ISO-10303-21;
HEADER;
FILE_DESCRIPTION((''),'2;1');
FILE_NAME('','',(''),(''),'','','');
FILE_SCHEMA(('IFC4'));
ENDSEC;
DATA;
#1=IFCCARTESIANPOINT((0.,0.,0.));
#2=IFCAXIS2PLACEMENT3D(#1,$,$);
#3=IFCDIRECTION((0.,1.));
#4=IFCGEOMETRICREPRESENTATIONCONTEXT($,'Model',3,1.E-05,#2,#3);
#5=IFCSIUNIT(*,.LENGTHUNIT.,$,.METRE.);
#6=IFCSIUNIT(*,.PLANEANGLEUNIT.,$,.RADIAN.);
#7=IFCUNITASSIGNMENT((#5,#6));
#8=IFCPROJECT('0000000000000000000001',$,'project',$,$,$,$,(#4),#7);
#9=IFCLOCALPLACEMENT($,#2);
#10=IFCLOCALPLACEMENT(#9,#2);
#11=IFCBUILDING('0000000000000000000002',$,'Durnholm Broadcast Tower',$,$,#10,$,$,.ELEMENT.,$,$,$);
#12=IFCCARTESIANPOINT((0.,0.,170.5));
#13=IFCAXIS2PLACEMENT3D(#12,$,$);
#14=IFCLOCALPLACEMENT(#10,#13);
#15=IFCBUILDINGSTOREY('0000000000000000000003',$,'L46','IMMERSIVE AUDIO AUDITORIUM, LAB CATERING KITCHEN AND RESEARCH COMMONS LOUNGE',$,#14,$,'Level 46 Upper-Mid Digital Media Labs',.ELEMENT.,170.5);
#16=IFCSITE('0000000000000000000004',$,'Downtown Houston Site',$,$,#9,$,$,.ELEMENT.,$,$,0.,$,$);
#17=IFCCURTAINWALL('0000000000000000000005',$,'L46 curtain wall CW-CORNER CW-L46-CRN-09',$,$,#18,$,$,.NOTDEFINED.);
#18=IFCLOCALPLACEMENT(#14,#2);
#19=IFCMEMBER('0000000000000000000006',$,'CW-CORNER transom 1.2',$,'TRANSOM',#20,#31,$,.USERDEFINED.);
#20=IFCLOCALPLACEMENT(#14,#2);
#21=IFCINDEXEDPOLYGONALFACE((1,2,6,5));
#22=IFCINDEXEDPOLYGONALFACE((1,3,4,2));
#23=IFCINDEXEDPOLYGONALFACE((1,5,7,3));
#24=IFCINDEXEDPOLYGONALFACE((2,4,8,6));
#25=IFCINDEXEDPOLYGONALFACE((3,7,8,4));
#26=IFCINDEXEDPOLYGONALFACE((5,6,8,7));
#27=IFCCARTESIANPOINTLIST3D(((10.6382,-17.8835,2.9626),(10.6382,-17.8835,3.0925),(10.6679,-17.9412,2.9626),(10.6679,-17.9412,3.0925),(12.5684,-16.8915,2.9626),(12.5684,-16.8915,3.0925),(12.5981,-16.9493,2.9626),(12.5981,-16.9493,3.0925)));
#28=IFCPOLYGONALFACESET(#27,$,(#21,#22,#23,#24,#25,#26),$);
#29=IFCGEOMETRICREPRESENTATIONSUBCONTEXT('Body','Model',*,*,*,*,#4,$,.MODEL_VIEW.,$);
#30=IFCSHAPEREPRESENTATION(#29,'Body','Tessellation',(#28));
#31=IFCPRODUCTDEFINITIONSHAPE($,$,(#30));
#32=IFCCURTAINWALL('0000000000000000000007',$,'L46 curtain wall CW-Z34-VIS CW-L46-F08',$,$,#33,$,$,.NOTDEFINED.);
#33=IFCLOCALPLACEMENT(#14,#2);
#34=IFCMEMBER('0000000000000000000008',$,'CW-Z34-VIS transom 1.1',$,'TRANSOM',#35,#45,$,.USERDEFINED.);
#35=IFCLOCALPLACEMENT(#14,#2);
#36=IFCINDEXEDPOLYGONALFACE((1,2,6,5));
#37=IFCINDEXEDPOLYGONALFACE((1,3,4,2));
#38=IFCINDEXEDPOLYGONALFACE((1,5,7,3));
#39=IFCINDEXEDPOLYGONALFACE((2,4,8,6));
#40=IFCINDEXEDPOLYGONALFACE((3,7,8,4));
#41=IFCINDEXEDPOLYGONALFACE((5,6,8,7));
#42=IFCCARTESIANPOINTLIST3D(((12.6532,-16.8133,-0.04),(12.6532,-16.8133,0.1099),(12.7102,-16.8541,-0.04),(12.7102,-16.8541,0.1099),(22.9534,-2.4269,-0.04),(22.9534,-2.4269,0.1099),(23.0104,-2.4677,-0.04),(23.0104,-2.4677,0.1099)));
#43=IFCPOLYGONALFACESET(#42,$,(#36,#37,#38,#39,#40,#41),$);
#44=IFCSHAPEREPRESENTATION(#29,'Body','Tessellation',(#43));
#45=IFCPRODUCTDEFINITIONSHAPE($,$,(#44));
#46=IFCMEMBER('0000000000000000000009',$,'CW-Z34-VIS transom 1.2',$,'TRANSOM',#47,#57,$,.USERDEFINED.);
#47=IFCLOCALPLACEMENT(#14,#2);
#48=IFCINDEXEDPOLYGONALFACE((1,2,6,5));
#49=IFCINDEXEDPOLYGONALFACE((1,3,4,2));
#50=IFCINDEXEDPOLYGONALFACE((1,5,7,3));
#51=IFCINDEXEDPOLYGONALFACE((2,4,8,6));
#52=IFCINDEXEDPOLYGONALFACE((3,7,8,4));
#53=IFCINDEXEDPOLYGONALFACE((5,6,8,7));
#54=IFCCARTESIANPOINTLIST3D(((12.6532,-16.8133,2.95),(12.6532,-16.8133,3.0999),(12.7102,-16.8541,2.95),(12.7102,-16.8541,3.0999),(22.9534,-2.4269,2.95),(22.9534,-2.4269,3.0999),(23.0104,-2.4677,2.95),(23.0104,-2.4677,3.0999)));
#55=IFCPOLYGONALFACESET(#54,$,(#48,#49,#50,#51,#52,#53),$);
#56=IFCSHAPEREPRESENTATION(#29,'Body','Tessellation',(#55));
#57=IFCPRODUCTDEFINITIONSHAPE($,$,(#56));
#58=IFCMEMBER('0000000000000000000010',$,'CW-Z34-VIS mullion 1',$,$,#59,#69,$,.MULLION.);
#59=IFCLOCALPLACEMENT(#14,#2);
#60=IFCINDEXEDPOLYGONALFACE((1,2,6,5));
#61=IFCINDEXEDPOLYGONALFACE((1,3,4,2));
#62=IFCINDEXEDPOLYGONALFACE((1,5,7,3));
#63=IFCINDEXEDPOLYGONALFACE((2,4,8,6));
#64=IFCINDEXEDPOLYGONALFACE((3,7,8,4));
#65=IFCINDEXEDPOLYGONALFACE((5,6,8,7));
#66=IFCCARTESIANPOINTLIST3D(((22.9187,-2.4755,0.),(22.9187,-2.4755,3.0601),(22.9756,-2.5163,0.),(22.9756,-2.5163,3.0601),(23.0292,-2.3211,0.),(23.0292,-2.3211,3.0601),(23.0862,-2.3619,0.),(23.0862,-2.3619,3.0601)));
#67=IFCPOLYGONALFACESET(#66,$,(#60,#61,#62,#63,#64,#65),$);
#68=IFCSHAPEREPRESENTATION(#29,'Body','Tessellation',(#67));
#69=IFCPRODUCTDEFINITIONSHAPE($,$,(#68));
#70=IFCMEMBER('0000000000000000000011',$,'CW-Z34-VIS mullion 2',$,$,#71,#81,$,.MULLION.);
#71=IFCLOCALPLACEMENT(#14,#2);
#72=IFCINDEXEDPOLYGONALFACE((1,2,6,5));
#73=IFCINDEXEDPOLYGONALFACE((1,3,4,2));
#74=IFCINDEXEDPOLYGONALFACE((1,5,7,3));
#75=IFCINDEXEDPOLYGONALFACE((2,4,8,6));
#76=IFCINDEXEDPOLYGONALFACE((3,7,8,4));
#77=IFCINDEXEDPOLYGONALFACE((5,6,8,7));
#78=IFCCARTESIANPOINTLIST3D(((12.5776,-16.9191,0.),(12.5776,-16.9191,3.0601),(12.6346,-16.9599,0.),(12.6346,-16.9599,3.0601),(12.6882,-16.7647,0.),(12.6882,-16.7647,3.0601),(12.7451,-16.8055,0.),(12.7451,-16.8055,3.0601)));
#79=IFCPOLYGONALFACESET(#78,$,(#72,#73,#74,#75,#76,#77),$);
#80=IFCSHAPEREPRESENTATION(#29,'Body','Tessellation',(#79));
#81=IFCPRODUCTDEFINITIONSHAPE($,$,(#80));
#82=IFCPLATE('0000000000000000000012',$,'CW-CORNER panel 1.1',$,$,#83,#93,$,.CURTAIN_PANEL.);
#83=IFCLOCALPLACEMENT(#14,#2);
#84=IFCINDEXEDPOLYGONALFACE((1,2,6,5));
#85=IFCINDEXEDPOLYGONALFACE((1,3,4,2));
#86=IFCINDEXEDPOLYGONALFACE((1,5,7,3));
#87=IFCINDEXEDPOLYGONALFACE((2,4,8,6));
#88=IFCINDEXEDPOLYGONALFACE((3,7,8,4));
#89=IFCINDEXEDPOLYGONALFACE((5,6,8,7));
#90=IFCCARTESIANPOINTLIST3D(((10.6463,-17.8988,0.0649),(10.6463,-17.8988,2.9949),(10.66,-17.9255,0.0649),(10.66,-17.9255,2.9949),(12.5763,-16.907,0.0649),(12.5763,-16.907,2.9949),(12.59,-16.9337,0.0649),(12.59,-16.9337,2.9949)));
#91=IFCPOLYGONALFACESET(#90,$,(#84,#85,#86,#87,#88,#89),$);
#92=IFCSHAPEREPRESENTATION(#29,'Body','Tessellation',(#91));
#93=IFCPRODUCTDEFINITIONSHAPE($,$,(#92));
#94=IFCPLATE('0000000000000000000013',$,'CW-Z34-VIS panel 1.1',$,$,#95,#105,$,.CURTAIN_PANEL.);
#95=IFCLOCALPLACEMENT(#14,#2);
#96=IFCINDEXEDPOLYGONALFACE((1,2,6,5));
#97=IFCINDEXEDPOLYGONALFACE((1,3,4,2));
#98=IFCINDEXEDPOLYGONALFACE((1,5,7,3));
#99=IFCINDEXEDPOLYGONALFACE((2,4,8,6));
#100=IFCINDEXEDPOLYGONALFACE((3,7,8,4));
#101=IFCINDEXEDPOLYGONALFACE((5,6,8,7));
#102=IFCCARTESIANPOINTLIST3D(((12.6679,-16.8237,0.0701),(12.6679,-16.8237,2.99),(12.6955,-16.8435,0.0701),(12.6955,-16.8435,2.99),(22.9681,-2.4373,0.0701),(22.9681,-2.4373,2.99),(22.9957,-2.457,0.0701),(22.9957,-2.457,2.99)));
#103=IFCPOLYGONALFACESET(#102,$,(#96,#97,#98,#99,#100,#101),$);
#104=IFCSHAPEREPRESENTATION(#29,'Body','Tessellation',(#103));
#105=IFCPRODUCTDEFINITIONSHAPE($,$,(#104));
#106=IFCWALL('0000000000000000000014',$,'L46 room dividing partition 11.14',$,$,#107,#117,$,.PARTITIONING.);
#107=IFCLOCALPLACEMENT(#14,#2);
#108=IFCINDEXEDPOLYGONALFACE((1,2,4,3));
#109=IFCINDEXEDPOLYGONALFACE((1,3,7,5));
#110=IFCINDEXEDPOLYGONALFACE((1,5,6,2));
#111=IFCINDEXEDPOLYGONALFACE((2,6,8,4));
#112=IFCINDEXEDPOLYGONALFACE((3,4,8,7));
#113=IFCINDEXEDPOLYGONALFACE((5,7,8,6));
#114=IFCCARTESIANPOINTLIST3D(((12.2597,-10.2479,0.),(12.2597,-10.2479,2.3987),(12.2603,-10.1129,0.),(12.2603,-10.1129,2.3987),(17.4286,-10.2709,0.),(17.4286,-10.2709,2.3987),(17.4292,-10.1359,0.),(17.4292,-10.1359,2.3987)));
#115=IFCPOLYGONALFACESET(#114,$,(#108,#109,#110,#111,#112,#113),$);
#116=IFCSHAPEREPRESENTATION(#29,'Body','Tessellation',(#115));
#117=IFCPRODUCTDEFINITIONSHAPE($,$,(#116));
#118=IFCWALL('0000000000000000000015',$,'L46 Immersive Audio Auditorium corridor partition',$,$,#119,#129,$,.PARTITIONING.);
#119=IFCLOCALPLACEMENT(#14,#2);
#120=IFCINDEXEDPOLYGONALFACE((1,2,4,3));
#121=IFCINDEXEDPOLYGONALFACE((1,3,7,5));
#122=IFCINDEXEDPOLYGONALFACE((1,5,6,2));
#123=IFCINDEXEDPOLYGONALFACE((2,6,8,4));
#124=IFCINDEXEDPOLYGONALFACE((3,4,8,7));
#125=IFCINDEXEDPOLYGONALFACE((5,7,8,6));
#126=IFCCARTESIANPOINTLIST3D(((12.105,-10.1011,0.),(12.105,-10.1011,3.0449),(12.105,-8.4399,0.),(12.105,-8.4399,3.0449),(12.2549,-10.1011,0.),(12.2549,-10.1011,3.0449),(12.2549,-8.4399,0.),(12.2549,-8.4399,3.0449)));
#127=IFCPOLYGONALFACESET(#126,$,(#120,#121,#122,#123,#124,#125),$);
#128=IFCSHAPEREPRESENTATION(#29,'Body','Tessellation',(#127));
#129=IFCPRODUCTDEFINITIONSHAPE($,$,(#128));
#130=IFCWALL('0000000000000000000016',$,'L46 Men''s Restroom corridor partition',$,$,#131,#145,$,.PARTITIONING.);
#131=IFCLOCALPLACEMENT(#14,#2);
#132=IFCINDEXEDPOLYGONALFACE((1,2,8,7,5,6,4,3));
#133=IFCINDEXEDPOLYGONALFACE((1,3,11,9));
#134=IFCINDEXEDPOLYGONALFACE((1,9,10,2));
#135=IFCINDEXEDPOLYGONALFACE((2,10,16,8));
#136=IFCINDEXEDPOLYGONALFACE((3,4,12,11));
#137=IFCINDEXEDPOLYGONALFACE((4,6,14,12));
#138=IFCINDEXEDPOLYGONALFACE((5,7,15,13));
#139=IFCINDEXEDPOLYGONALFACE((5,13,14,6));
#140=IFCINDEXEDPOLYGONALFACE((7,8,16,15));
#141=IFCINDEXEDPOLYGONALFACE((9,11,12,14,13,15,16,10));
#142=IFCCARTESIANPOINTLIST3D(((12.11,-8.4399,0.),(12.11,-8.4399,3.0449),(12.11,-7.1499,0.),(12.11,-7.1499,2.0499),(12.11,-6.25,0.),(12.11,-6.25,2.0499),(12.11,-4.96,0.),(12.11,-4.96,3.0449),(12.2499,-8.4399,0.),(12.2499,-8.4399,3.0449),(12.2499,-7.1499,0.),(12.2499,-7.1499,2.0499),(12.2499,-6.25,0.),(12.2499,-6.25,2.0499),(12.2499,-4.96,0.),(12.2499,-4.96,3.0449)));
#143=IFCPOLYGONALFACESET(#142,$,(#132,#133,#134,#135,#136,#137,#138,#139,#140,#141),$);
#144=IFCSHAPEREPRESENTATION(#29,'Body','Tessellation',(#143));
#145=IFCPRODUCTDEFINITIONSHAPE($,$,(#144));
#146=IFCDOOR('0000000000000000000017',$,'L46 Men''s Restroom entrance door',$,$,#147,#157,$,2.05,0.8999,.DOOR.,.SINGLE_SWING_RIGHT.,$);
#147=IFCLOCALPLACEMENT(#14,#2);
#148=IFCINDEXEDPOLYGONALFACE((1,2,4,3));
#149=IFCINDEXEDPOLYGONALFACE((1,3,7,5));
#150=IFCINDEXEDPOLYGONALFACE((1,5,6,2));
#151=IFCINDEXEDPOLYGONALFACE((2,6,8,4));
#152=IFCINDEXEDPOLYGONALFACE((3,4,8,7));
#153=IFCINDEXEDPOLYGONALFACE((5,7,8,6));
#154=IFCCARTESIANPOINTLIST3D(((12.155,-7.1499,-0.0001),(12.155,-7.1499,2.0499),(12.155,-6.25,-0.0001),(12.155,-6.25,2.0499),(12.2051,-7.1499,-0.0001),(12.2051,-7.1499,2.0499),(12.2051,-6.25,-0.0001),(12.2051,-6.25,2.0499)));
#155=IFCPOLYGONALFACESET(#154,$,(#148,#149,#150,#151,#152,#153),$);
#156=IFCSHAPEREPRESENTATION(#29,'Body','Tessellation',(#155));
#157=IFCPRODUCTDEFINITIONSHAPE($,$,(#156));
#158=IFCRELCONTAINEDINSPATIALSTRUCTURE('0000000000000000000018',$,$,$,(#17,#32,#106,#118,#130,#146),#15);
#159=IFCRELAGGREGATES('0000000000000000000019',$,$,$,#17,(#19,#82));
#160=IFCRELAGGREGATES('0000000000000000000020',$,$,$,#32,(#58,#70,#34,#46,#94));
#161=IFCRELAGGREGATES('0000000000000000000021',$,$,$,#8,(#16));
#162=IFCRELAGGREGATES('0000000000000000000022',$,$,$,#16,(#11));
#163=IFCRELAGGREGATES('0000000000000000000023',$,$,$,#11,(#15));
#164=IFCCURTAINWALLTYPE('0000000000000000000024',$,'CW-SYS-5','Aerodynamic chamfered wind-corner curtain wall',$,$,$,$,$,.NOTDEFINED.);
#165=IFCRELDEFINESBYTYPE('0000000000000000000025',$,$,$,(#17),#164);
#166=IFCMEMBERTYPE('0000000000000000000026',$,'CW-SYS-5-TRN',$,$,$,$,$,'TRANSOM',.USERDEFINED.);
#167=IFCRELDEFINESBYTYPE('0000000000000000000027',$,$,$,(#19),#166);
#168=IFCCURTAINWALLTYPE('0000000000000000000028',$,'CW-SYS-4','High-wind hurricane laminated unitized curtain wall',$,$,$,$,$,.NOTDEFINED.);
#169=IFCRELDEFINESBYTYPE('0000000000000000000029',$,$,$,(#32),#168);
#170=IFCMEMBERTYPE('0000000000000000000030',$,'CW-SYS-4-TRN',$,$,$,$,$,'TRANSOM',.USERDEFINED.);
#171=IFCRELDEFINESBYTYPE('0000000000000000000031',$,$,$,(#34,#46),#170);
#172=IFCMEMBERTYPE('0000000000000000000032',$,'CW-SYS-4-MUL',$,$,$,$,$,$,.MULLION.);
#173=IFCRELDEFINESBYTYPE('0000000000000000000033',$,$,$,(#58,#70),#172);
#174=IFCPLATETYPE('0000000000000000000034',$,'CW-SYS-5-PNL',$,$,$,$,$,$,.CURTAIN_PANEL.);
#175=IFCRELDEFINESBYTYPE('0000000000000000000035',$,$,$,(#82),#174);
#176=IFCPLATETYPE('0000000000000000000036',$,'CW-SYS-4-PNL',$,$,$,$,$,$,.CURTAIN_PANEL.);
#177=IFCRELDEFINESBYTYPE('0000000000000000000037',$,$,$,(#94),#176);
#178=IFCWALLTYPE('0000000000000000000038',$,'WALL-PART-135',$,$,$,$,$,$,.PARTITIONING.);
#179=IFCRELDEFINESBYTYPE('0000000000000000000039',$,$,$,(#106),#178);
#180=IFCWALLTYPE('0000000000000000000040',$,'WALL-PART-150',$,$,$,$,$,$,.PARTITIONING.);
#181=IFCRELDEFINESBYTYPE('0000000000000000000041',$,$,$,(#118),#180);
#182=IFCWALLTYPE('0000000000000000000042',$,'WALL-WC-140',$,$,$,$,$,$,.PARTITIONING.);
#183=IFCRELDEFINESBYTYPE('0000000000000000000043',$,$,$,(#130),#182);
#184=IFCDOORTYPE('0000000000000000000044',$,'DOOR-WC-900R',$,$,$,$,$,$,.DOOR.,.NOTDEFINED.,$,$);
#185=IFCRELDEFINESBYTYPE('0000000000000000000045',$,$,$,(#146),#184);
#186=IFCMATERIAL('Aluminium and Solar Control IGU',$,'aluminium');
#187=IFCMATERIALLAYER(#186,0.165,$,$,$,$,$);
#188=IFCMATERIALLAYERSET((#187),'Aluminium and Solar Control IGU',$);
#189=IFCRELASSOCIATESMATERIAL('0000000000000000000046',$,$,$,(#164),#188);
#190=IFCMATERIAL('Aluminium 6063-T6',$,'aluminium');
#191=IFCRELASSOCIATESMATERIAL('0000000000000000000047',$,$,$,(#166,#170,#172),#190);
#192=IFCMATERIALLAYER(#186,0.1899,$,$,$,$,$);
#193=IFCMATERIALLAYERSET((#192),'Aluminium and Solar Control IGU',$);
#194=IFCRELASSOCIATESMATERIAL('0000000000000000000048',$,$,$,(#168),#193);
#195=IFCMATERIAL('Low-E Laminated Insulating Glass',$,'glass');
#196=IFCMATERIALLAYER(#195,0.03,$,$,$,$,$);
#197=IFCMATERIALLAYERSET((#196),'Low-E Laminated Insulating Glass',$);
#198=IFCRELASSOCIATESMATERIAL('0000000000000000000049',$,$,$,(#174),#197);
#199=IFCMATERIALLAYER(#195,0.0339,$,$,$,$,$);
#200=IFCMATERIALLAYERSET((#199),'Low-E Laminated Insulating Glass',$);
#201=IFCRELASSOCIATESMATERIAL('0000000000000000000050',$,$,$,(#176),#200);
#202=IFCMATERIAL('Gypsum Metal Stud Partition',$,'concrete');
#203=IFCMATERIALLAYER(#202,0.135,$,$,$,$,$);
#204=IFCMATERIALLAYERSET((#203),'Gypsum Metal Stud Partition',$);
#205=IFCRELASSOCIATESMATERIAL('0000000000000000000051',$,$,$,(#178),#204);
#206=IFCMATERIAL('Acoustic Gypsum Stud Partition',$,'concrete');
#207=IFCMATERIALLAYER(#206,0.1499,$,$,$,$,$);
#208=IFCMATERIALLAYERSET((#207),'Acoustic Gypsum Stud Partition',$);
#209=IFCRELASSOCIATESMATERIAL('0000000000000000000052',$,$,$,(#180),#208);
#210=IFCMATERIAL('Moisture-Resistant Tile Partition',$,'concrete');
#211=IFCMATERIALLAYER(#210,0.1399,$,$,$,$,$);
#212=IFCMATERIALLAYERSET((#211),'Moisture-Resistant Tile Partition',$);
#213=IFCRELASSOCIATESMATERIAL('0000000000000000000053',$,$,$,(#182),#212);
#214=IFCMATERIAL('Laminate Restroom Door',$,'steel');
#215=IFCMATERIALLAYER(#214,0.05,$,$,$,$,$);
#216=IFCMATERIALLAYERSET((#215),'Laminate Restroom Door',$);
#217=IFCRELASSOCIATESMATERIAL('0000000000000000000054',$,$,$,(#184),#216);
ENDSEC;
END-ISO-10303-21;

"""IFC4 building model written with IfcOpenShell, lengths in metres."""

from ifc_helpers import new_model, si_unit, direction, frame, frame_2d, origin, origin_2d, place, context, subcontext, project, spatial, rectangle, extrude, source, transform, mapped, material, layer, layer_set, material_profile, profile_set, type_object, type_shapes, element, fill, aggregate, save


model = new_model("IFC4")

# Units and contexts
model_context = context("Model", 3, precision=1e-05, world=origin(), true_north=direction((0.0, 1.0)))
body_context = subcontext(model_context, "Body", "Model", "MODEL_VIEW")
ifc_project = project(units=[si_unit("LENGTHUNIT", "METRE"), si_unit("PLANEANGLEUNIT", "RADIAN")], contexts=[model_context])

# Site, building, storey
site_placement = place(None, origin())
site = spatial("IfcSite", under=ifc_project, at=site_placement, Name="Downtown Houston Site", CompositionType="ELEMENT", RefElevation=0.0)
building_placement = place(site_placement, origin())
building = spatial("IfcBuilding", under=site, at=building_placement, Name="Durnholm Broadcast Tower", CompositionType="ELEMENT")
storey_placement = place(building_placement, frame((0.0, 0.0, 170.5)))
storey = spatial("IfcBuildingStorey", under=building, at=storey_placement, Name="L46", Description="IMMERSIVE AUDIO AUDITORIUM, LAB CATERING KITCHEN AND RESEARCH COMMONS LOUNGE", LongName="Level 46 Upper-Mid Digital Media Labs", CompositionType="ELEMENT", Elevation=170.5)

# Shared definitions
ifc_material_1 = material(Name="Aluminium and Solar Control IGU", Category="aluminium")
ifc_layer_1 = layer(ifc_material_1, 0.165)
ifc_layer_set_1 = layer_set([ifc_layer_1], Name="Aluminium and Solar Control IGU")
curtain_wall_type_1 = type_object("IfcCurtainWallType", Name="CW-SYS-5", Description="Aerodynamic chamfered wind-corner curtain wall", PredefinedType="NOTDEFINED", material=ifc_layer_set_1)
ifc_material_2 = material(Name="Aluminium 6063-T6", Category="aluminium")

# Curtain walls, members
curtain_wall_1_placement = place(storey_placement, origin())
curtain_wall_1 = element("IfcCurtainWall", 1, at=curtain_wall_1_placement, inside=storey, type_object=curtain_wall_type_1, Name="L46 curtain wall CW-CORNER CW-L46-CRN-09", PredefinedType="NOTDEFINED")
ifc_material_profile_1 = material_profile(ifc_material_2, rectangle(XDim=0.0649, YDim=0.1299, at=origin_2d()), Name="CWT65X130")
ifc_profile_set_1 = profile_set([ifc_material_profile_1], Name="Aluminium 6063-T6")
member_type_1 = type_object("IfcMemberType", Name="CW-SYS-5-TRN", ElementType="TRANSOM", PredefinedType="USERDEFINED", material=ifc_profile_set_1)
shared_shape_1 = source(origin(), body_context, "Body", "SweptSolid", [
    extrude(rectangle(XDim=0.0649, YDim=0.1299, at=origin_2d()), origin(), (0.0, 0.0, 1.0), 2.1702),
])
type_shapes(member_type_1, [shared_shape_1])
member_1_placement = place(storey_placement, frame((12.5833, -16.9204, 3.0276), z_axis=(-0.889422, -0.457086, 0.0), x_axis=(0.457086, -0.889422, 0.0)))
member_1 = element("IfcMember", 2, at=member_1_placement, type_object=member_type_1, Name="CW-CORNER transom 1.2", ObjectType="TRANSOM", PredefinedType="USERDEFINED", context=body_context, shape_type="MappedRepresentation", body=[
    mapped(shared_shape_1, transform((0.0, 0.0, 0.0), x_axis=(1.0, 0.0, 0.0), y_axis=(0.0, 1.0, 0.0), z_axis=(0.0, 0.0, 1.0), scale=1.0)),
])
ifc_layer_2 = layer(ifc_material_1, 0.1899)
ifc_layer_set_2 = layer_set([ifc_layer_2], Name="Aluminium and Solar Control IGU")
curtain_wall_type_2 = type_object("IfcCurtainWallType", Name="CW-SYS-4", Description="High-wind hurricane laminated unitized curtain wall", PredefinedType="NOTDEFINED", material=ifc_layer_set_2)
curtain_wall_2_placement = place(storey_placement, origin())
curtain_wall_2 = element("IfcCurtainWall", 3, at=curtain_wall_2_placement, inside=storey, type_object=curtain_wall_type_2, Name="L46 curtain wall CW-Z34-VIS CW-L46-F08", PredefinedType="NOTDEFINED")
ifc_material_profile_2 = material_profile(ifc_material_2, rectangle(XDim=0.0701, YDim=0.1499, at=origin_2d()), Name="CWT70X150")
ifc_profile_set_2 = profile_set([ifc_material_profile_2], Name="Aluminium 6063-T6")
member_type_2 = type_object("IfcMemberType", Name="CW-SYS-4-TRN", ElementType="TRANSOM", PredefinedType="USERDEFINED", material=ifc_profile_set_2)
shared_shape_2 = source(origin(), body_context, "Body", "SweptSolid", [
    extrude(rectangle(XDim=0.0701, YDim=0.1499, at=origin_2d()), origin(), (0.0, 0.0, 1.0), 17.6936),
])
type_shapes(member_type_2, [shared_shape_2])
member_2_placement = place(storey_placement, frame((22.9819, -2.4473, 0.0349), z_axis=(-0.582145, -0.813085, 0.0), x_axis=(0.813085, -0.582145, 0.0)))
member_2 = element("IfcMember", 4, at=member_2_placement, type_object=member_type_2, Name="CW-Z34-VIS transom 1.1", ObjectType="TRANSOM", PredefinedType="USERDEFINED", context=body_context, shape_type="MappedRepresentation", body=[
    mapped(shared_shape_2, transform((0.0, 0.0, 0.0), x_axis=(1.0, 0.0, 0.0), y_axis=(0.0, 1.0, 0.0), z_axis=(0.0, 0.0, 1.0), scale=1.0)),
])
member_3_placement = place(storey_placement, frame((22.9819, -2.4473, 3.0249), z_axis=(-0.582145, -0.813085, 0.0), x_axis=(0.813085, -0.582145, 0.0)))
member_3 = element("IfcMember", 5, at=member_3_placement, type_object=member_type_2, Name="CW-Z34-VIS transom 1.2", ObjectType="TRANSOM", PredefinedType="USERDEFINED", context=body_context, shape_type="MappedRepresentation", body=[
    mapped(shared_shape_2, transform((0.0, 0.0, 0.0), x_axis=(1.0, 0.0, 0.0), y_axis=(0.0, 1.0, 0.0), z_axis=(0.0, 0.0, 1.0), scale=1.0)),
])
ifc_material_profile_3 = material_profile(ifc_material_2, rectangle(XDim=0.0701, YDim=0.1899, at=origin_2d()), Name="CWM70X190")
ifc_profile_set_3 = profile_set([ifc_material_profile_3], Name="Aluminium 6063-T6")
member_type_3 = type_object("IfcMemberType", Name="CW-SYS-4-MUL", PredefinedType="MULLION", material=ifc_profile_set_3)
shared_shape_3 = source(origin(), body_context, "Body", "SweptSolid", [
    extrude(rectangle(XDim=0.0701, YDim=0.1899, at=origin_2d()), origin(), (0.0, 0.0, 1.0), 3.0601),
])
type_shapes(member_type_3, [shared_shape_3])
member_4_placement = place(storey_placement, frame((23.0024, -2.4187, 0.0), z_axis=(0.0, 0.0, 1.0), x_axis=(0.813089, -0.582139, 0.0)))
member_4 = element("IfcMember", 6, at=member_4_placement, type_object=member_type_3, Name="CW-Z34-VIS mullion 1", PredefinedType="MULLION", context=body_context, shape_type="MappedRepresentation", body=[
    mapped(shared_shape_3, transform((0.0, 0.0, 0.0), x_axis=(1.0, 0.0, 0.0), y_axis=(0.0, 1.0, 0.0), z_axis=(0.0, 0.0, 1.0), scale=1.0)),
])
member_5_placement = place(storey_placement, frame((12.6614, -16.8623, 0.0), z_axis=(0.0, 0.0, 1.0), x_axis=(0.813089, -0.582139, 0.0)))
member_5 = element("IfcMember", 7, at=member_5_placement, type_object=member_type_3, Name="CW-Z34-VIS mullion 2", PredefinedType="MULLION", context=body_context, shape_type="MappedRepresentation", body=[
    mapped(shared_shape_3, transform((0.0, 0.0, 0.0), x_axis=(1.0, 0.0, 0.0), y_axis=(0.0, 1.0, 0.0), z_axis=(0.0, 0.0, 1.0), scale=1.0)),
])

# Plates
ifc_material_3 = material(Name="Low-E Laminated Insulating Glass", Category="glass")
ifc_layer_3 = layer(ifc_material_3, 0.03)
ifc_layer_set_3 = layer_set([ifc_layer_3], Name="Low-E Laminated Insulating Glass")
plate_type_1 = type_object("IfcPlateType", Name="CW-SYS-5-PNL", PredefinedType="CURTAIN_PANEL", material=ifc_layer_set_3)
shared_shape_4 = source(origin(), body_context, "Body", "SweptSolid", [
    extrude(rectangle(XDim=2.1699, YDim=0.03, at=origin_2d()), origin(), (0.0, 0.0, 1.0), 2.9299),
])
type_shapes(plate_type_1, [shared_shape_4])
plate_1_placement = place(storey_placement, frame((11.6182, -17.4163, 0.0649), z_axis=(0.0, 0.0, 1.0), x_axis=(-0.889425, -0.457082, 0.0)))
plate_1 = element("IfcPlate", 8, at=plate_1_placement, type_object=plate_type_1, Name="CW-CORNER panel 1.1", PredefinedType="CURTAIN_PANEL", context=body_context, shape_type="MappedRepresentation", body=[
    mapped(shared_shape_4, transform((0.0, 0.0, 0.0), x_axis=(1.0, 0.0, 0.0), y_axis=(0.0, 1.0, 0.0), z_axis=(0.0, 0.0, 1.0), scale=1.0)),
])
aggregate(curtain_wall_1, [member_1, plate_1])
ifc_layer_4 = layer(ifc_material_3, 0.0339)
ifc_layer_set_4 = layer_set([ifc_layer_4], Name="Low-E Laminated Insulating Glass")
plate_type_2 = type_object("IfcPlateType", Name="CW-SYS-4-PNL", PredefinedType="CURTAIN_PANEL", material=ifc_layer_set_4)
shared_shape_5 = source(origin(), body_context, "Body", "SweptSolid", [
    extrude(rectangle(XDim=17.6936, YDim=0.0339, at=origin_2d()), origin(), (0.0, 0.0, 1.0), 2.9199),
])
type_shapes(plate_type_2, [shared_shape_5])
plate_2_placement = place(storey_placement, frame((17.8318, -9.6404, 0.0701), z_axis=(0.0, 0.0, 1.0), x_axis=(-0.582139, -0.813089, 0.0)))
plate_2 = element("IfcPlate", 9, at=plate_2_placement, type_object=plate_type_2, Name="CW-Z34-VIS panel 1.1", PredefinedType="CURTAIN_PANEL", context=body_context, shape_type="MappedRepresentation", body=[
    mapped(shared_shape_5, transform((0.0, 0.0, 0.0), x_axis=(1.0, 0.0, 0.0), y_axis=(0.0, 1.0, 0.0), z_axis=(0.0, 0.0, 1.0), scale=1.0)),
])
aggregate(curtain_wall_2, [member_4, member_5, member_2, member_3, plate_2])

# Walls
ifc_material_4 = material(Name="Gypsum Metal Stud Partition", Category="concrete")
ifc_layer_5 = layer(ifc_material_4, 0.135)
ifc_layer_set_5 = layer_set([ifc_layer_5], Name="Gypsum Metal Stud Partition")
wall_type_1 = type_object("IfcWallType", Name="WALL-PART-135", PredefinedType="PARTITIONING", material=ifc_layer_set_5)
wall_1_placement = place(storey_placement, frame((12.26, -10.1804, 0.0), z_axis=(0.0, 0.0, 1.0), x_axis=(0.99999, -0.00444, 0.0)))
element("IfcWall", 10, at=wall_1_placement, inside=storey, type_object=wall_type_1, Name="L46 room dividing partition 11.14", PredefinedType="PARTITIONING", context=body_context, shape_type="SweptSolid", body=[
    extrude(rectangle(XDim=5.1689, YDim=0.135, at=frame_2d((2.5845, 0.0))), origin(), (0.0, 0.0, 1.0), 2.3987),
])
ifc_material_5 = material(Name="Acoustic Gypsum Stud Partition", Category="concrete")
ifc_layer_6 = layer(ifc_material_5, 0.1499)
ifc_layer_set_6 = layer_set([ifc_layer_6], Name="Acoustic Gypsum Stud Partition")
wall_type_2 = type_object("IfcWallType", Name="WALL-PART-150", PredefinedType="PARTITIONING", material=ifc_layer_set_6)
wall_2_placement = place(storey_placement, frame((12.1799, -10.1011, 0.0), z_axis=(0.0, 0.0, 1.0), x_axis=(0.0, 1.0, 0.0)))
element("IfcWall", 11, at=wall_2_placement, inside=storey, type_object=wall_type_2, Name="L46 Immersive Audio Auditorium corridor partition", PredefinedType="PARTITIONING", context=body_context, shape_type="SweptSolid", body=[
    extrude(rectangle(XDim=1.6611, YDim=0.1499, at=frame_2d((0.8306, 0.0))), origin(), (0.0, 0.0, 1.0), 3.0449),
])

# Wall, opening, door
ifc_material_6 = material(Name="Moisture-Resistant Tile Partition", Category="concrete")
ifc_layer_7 = layer(ifc_material_6, 0.1399)
ifc_layer_set_7 = layer_set([ifc_layer_7], Name="Moisture-Resistant Tile Partition")
wall_type_3 = type_object("IfcWallType", Name="WALL-WC-140", PredefinedType="PARTITIONING", material=ifc_layer_set_7)
wall_3_placement = place(storey_placement, frame((12.1799, -8.4399, 0.0), z_axis=(0.0, 0.0, 1.0), x_axis=(0.0, 1.0, 0.0)))
wall_3 = element("IfcWall", 12, at=wall_3_placement, inside=storey, type_object=wall_type_3, Name="L46 Men's Restroom corridor partition", PredefinedType="PARTITIONING", context=body_context, shape_type="SweptSolid", body=[
    extrude(rectangle(XDim=3.48, YDim=0.1399, at=frame_2d((1.74, 0.0))), origin(), (0.0, 0.0, 1.0), 3.0449),
])
opening_1_placement = place(wall_3_placement, frame((1.29, 0.0, 0.0)))
opening_1 = element("IfcOpeningElement", 13, at=opening_1_placement, cuts=wall_3, PredefinedType="OPENING", context=body_context, shape_type="SweptSolid", body=[
    extrude(rectangle(XDim=0.8999, YDim=2.05, at=frame_2d((0.45, 1.0249))), frame((0.0, 0.0801, 0.0), z_axis=(0.0, -1.0, 0.0), x_axis=(1.0, 0.0, 0.0)), (0.0, 0.0, 1.0), 0.1599),
])
ifc_material_7 = material(Name="Laminate Restroom Door", Category="steel")
ifc_layer_8 = layer(ifc_material_7, 0.05)
ifc_layer_set_8 = layer_set([ifc_layer_8], Name="Laminate Restroom Door")
door_type_1 = type_object("IfcDoorType", Name="DOOR-WC-900R", OperationType="NOTDEFINED", PredefinedType="DOOR", material=ifc_layer_set_8)
shared_shape_6 = source(origin(), body_context, "Body", "SweptSolid", [
    extrude(rectangle(XDim=0.8999, YDim=2.05, at=frame_2d((0.45, 1.0249))), frame((0.0, 0.0249, 0.0), z_axis=(0.0, -1.0, 0.0), x_axis=(1.0, 0.0, 0.0)), (0.0, 0.0, 1.0), 0.05),
])
type_shapes(door_type_1, [shared_shape_6])
door_1_placement = place(opening_1_placement, origin())
door_1 = element("IfcDoor", 14, at=door_1_placement, inside=storey, type_object=door_type_1, Name="L46 Men's Restroom entrance door", OperationType="SINGLE_SWING_RIGHT", OverallHeight=2.05, OverallWidth=0.8999, PredefinedType="DOOR", context=body_context, shape_type="MappedRepresentation", body=[
    mapped(shared_shape_6, transform((0.0, 0.0, 0.0), x_axis=(1.0, 0.0, 0.0), y_axis=(0.0, 1.0, 0.0), z_axis=(0.0, 0.0, 1.0), scale=1.0)),
])
fill(opening_1, door_1)

save(model, "model.ifc")
